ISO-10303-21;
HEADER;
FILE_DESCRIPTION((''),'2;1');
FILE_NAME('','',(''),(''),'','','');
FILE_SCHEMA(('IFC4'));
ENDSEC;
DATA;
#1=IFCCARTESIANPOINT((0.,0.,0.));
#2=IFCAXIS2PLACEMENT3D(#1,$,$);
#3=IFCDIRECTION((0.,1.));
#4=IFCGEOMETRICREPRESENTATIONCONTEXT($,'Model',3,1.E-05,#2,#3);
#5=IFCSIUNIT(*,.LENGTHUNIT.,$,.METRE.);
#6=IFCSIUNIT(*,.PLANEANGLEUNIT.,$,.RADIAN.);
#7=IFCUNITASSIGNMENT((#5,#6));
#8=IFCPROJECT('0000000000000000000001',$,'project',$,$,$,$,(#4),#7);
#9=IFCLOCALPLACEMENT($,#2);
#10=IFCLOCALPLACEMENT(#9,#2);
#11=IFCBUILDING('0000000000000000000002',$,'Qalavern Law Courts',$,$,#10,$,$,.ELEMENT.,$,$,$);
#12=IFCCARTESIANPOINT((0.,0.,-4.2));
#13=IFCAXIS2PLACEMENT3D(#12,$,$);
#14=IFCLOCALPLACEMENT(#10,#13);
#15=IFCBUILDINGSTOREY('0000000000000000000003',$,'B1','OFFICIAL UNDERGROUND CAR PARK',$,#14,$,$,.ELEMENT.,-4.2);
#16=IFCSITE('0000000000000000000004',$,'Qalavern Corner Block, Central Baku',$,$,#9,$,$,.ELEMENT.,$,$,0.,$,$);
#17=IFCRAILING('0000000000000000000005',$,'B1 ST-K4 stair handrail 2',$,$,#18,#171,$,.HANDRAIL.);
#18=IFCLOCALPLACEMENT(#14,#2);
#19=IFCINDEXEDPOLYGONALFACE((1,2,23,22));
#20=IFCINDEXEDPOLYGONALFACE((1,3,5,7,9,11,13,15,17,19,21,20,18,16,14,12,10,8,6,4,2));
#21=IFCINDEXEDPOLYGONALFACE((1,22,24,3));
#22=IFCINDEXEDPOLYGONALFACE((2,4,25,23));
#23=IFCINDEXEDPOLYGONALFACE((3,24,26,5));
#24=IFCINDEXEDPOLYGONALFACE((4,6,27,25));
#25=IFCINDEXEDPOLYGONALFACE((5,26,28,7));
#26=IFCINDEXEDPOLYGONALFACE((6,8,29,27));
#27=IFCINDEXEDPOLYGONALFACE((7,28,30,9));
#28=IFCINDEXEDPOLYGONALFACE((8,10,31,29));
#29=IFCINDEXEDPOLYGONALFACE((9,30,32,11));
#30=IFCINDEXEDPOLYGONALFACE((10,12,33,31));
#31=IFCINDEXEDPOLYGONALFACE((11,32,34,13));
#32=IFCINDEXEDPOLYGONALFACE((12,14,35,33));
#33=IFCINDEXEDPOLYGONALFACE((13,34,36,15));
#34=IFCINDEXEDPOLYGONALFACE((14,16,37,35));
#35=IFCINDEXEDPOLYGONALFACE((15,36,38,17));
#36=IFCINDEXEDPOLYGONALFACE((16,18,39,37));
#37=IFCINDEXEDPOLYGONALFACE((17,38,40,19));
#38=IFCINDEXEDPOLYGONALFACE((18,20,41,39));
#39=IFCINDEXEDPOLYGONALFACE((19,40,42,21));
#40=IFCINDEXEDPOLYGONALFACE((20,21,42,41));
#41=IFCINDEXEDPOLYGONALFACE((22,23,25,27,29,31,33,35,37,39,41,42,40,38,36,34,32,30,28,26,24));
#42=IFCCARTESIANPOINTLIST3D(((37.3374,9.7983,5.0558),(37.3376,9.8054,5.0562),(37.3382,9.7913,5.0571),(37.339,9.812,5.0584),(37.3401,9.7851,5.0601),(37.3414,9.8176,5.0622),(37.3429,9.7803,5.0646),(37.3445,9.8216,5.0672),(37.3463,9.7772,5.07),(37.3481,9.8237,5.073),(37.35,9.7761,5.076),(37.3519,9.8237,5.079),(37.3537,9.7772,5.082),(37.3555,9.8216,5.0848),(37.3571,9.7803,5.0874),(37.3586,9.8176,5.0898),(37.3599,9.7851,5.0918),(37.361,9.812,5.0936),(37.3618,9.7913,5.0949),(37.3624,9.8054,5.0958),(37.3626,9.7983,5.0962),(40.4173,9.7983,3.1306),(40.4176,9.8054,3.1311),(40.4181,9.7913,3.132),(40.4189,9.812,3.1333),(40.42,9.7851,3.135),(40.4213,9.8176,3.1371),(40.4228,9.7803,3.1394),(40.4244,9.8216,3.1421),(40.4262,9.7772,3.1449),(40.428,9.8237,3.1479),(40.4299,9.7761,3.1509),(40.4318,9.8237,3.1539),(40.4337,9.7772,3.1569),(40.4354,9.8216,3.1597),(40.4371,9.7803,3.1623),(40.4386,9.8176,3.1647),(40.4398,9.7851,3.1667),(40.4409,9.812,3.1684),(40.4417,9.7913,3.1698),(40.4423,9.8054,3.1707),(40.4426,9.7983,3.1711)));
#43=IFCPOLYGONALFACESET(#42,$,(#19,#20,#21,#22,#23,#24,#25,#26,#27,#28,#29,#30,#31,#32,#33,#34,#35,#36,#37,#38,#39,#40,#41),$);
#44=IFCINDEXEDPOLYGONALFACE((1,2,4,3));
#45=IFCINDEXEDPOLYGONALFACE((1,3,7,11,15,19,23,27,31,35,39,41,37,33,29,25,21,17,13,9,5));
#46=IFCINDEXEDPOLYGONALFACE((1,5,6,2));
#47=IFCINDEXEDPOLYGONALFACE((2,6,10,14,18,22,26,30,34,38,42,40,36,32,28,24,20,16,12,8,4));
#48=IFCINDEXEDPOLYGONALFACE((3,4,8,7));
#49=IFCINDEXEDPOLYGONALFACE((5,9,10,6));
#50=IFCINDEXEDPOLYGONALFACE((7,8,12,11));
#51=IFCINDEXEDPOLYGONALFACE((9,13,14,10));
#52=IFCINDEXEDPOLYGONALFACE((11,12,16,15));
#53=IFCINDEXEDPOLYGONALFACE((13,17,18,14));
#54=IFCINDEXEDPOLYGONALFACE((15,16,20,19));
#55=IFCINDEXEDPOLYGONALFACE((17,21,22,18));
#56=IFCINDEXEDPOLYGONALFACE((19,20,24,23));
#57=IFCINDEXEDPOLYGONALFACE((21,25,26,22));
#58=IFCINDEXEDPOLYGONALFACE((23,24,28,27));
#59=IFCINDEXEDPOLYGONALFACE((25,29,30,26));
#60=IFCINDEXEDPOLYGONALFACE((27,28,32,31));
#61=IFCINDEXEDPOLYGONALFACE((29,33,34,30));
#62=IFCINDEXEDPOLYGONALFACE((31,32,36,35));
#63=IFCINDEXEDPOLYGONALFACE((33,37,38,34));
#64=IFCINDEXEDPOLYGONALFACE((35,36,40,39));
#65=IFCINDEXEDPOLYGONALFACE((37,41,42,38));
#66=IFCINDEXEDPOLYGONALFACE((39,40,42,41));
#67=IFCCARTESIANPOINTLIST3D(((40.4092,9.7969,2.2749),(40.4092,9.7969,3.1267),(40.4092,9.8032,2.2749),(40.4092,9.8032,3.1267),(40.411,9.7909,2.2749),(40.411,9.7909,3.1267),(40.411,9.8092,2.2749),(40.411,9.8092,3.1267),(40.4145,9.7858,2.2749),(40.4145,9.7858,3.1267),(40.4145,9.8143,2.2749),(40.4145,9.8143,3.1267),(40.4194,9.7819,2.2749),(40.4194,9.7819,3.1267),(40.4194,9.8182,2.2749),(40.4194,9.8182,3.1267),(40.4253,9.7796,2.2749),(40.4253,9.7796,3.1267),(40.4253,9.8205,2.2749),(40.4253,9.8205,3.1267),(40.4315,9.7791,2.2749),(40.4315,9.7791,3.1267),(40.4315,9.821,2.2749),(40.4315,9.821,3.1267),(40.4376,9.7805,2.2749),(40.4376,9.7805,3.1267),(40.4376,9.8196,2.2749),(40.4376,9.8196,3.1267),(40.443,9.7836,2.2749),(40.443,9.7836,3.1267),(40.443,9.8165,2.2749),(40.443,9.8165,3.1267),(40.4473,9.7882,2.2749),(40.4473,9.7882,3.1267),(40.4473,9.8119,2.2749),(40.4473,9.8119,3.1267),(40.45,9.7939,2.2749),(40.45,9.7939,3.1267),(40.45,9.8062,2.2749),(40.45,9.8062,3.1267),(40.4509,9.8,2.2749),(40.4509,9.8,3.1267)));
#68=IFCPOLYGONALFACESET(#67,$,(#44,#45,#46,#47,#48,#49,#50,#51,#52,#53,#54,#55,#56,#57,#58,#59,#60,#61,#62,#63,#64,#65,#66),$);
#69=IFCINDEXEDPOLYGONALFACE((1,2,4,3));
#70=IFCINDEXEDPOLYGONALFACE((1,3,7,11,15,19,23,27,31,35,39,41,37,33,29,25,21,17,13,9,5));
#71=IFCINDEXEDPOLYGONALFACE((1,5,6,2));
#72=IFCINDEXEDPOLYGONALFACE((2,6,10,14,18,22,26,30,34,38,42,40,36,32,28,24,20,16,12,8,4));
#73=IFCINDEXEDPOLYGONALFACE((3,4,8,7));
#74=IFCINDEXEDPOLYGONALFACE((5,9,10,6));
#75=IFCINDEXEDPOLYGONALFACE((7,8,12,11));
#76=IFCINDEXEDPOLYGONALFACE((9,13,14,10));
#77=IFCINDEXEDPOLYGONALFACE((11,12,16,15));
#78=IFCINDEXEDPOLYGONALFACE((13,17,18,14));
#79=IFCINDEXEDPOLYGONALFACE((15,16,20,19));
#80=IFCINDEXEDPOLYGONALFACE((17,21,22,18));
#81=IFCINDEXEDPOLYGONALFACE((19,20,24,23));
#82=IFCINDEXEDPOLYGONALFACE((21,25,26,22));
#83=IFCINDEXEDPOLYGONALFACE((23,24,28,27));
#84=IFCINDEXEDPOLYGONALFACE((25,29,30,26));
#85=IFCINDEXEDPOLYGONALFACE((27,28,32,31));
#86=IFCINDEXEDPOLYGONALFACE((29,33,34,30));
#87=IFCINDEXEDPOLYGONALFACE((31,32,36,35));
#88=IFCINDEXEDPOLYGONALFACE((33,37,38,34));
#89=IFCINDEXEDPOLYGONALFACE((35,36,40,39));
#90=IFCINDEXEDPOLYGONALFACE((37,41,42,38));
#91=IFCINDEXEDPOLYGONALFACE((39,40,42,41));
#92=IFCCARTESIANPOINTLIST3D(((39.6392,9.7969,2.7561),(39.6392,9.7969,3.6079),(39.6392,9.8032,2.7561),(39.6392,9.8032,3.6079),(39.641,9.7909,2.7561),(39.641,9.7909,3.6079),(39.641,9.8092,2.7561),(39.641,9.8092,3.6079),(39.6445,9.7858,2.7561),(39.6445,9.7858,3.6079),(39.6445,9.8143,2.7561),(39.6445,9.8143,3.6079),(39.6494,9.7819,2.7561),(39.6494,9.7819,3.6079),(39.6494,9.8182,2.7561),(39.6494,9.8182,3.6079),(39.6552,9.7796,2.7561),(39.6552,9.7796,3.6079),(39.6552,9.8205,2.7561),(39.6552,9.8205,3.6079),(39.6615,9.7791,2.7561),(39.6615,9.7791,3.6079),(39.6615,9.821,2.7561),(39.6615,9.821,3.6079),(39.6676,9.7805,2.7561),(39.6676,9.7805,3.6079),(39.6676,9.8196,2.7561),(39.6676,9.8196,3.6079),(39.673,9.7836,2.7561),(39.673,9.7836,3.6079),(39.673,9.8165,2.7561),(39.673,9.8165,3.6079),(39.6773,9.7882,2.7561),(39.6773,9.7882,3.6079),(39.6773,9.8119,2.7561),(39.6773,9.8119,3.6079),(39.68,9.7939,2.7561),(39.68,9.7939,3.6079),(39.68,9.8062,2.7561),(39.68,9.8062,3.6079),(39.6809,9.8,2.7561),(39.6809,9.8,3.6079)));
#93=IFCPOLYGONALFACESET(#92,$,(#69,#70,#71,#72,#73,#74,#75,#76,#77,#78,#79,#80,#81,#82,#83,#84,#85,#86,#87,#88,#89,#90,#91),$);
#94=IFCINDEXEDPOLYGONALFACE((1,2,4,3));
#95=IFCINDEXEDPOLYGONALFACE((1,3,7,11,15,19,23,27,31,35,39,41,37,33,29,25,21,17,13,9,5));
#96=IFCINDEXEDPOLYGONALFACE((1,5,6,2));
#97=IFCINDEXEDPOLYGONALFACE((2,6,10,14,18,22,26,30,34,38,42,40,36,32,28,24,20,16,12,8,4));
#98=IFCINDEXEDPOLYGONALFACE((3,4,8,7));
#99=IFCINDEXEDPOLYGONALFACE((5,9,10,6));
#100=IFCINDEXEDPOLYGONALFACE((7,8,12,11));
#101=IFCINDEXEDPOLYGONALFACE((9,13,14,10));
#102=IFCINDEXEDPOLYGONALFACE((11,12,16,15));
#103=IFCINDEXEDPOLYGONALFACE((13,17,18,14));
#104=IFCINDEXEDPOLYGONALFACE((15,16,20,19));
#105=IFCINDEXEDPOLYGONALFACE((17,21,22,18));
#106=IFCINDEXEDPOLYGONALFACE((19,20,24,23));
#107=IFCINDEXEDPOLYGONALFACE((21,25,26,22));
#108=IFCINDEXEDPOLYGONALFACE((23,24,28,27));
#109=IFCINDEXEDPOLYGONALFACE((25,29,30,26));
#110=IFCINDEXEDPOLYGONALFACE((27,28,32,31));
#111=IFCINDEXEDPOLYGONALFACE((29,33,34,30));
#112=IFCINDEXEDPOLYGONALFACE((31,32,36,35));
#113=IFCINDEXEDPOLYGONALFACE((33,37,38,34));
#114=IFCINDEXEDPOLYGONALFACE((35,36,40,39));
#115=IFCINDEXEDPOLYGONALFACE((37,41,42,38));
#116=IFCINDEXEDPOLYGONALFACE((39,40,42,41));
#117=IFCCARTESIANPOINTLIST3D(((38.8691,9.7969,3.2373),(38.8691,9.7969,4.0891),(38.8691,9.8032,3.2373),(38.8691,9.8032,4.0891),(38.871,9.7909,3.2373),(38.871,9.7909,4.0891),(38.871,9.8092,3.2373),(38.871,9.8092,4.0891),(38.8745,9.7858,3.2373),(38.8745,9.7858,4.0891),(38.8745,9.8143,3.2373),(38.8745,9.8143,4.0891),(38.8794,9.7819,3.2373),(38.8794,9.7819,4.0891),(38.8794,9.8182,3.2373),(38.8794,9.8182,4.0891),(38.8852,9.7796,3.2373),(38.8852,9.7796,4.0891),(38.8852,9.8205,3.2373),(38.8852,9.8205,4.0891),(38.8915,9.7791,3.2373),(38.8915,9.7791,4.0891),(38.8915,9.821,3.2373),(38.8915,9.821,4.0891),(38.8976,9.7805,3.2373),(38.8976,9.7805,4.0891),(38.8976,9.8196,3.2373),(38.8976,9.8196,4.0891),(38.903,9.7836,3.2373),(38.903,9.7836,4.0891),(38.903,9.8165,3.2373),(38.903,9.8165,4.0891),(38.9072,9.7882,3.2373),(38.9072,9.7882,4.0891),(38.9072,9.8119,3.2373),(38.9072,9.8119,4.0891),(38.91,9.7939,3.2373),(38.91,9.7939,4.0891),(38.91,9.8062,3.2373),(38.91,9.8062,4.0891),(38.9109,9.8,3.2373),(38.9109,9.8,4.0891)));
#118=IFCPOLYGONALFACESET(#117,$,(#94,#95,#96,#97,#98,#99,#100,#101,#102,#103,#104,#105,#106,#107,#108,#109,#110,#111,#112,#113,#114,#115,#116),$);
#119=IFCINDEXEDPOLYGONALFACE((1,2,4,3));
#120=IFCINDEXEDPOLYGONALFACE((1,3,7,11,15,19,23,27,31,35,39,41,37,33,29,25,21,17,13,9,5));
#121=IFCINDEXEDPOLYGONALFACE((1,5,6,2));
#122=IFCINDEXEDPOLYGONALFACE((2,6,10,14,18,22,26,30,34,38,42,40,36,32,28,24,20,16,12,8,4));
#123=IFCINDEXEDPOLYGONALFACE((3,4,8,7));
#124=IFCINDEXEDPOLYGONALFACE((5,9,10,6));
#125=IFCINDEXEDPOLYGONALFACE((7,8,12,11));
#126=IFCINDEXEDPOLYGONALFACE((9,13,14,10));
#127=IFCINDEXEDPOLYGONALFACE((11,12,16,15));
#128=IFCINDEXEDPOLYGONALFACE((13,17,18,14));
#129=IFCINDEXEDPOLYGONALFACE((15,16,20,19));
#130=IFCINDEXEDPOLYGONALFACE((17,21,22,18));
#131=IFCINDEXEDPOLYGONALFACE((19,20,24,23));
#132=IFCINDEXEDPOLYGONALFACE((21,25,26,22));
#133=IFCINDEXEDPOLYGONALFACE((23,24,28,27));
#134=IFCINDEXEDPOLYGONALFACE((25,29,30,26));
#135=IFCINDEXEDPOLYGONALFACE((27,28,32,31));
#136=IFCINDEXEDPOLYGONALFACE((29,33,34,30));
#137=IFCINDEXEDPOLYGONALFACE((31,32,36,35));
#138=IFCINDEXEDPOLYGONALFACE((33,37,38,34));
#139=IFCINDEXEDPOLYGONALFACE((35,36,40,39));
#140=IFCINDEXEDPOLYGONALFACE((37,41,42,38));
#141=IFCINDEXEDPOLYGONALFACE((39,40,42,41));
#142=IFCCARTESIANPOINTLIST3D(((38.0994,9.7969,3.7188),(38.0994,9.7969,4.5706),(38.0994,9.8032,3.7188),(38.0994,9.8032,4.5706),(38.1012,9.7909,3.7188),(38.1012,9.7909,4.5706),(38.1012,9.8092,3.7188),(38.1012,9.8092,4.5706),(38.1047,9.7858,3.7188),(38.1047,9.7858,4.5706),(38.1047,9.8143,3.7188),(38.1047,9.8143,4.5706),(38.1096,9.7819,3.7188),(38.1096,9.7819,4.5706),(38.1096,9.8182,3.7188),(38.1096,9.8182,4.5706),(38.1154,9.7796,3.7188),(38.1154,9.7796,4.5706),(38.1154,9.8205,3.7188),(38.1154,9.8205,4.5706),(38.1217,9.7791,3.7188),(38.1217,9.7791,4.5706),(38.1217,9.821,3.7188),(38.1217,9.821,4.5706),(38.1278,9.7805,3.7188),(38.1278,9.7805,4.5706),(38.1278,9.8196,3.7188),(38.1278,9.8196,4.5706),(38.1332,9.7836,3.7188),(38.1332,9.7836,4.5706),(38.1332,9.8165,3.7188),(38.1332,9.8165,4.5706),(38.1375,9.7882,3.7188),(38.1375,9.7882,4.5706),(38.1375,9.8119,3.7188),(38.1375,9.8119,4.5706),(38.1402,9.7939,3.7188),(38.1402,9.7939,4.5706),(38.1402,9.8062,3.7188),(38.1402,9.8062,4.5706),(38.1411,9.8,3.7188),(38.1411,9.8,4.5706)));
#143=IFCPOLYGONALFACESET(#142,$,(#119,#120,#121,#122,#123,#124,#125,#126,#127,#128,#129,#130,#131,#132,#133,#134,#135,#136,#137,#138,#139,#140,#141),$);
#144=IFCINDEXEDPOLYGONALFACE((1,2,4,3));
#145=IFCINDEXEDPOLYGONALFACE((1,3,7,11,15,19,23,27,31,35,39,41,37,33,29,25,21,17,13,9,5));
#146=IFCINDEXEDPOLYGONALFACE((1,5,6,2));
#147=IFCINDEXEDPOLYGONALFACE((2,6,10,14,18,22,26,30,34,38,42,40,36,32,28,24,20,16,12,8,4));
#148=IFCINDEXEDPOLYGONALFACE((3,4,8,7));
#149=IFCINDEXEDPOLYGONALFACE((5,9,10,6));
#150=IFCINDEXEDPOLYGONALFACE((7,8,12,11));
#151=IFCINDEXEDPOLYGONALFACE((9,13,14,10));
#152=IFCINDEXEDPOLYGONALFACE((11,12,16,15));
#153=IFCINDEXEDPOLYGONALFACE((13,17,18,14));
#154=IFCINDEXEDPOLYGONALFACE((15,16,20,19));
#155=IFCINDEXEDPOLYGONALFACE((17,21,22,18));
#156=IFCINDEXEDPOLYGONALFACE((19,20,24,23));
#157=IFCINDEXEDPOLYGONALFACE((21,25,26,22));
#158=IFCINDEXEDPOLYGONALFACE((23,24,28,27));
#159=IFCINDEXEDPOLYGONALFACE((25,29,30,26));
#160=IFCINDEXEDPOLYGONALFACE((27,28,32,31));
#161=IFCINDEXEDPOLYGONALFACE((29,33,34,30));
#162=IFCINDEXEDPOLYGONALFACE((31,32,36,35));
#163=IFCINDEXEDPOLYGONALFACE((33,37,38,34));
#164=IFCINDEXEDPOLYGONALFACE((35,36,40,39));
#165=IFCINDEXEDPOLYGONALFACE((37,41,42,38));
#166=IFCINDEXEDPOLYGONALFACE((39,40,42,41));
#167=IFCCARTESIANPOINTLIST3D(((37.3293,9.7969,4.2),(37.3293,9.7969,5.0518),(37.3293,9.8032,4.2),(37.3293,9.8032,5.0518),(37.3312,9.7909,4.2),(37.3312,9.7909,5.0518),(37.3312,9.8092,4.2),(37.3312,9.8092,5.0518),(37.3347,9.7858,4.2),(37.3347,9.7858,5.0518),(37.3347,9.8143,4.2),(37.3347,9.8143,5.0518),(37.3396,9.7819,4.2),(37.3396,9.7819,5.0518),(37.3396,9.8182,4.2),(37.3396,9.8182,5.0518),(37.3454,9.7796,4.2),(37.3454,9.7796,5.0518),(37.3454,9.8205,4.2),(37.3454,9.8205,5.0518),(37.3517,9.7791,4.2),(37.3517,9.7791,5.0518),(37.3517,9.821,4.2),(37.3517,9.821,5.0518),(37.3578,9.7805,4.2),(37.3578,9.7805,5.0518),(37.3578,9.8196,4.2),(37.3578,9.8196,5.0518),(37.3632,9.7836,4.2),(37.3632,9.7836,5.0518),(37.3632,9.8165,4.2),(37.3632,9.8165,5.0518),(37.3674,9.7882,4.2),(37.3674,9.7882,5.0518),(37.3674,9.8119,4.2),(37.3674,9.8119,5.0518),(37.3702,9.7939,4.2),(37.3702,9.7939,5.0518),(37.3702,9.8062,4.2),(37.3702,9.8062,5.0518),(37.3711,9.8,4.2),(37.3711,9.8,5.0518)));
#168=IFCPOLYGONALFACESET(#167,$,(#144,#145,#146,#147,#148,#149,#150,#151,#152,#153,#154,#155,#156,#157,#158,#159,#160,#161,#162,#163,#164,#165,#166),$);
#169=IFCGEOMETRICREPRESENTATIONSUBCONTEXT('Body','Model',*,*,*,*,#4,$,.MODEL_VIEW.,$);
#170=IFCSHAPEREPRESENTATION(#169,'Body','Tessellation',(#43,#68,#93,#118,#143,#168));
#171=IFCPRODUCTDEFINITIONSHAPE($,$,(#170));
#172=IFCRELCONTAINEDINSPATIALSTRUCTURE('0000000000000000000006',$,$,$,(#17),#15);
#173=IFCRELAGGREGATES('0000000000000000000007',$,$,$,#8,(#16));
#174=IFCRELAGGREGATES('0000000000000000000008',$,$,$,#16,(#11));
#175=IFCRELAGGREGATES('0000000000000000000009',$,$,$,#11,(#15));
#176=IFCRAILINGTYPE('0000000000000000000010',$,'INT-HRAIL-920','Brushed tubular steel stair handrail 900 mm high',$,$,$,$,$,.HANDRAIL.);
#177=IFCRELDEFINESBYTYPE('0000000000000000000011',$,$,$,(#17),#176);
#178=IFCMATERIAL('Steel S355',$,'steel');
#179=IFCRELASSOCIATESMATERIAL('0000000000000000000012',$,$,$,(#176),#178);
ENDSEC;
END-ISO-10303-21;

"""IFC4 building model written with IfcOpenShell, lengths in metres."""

from ifc_helpers import new_model, si_unit, direction, frame, origin, origin_2d, place, context, subcontext, project, spatial, circle, extrude, material, type_object, element, save


model = new_model("IFC4")

# Units and contexts
model_context = context("Model", 3, precision=1e-05, world=origin(), true_north=direction((0.0, 1.0)))
body_context = subcontext(model_context, "Body", "Model", "MODEL_VIEW")
ifc_project = project(units=[si_unit("LENGTHUNIT", "METRE"), si_unit("PLANEANGLEUNIT", "RADIAN")], contexts=[model_context])

# Site, building, storey
site_placement = place(None, origin())
site = spatial("IfcSite", under=ifc_project, at=site_placement, Name="Qalavern Corner Block, Central Baku", CompositionType="ELEMENT", RefElevation=0.0)
building_placement = place(site_placement, origin())
building = spatial("IfcBuilding", under=site, at=building_placement, Name="Qalavern Law Courts", CompositionType="ELEMENT")
storey_placement = place(building_placement, frame((0.0, 0.0, -4.2)))
storey = spatial("IfcBuildingStorey", under=building, at=storey_placement, Name="B1", Description="OFFICIAL UNDERGROUND CAR PARK", CompositionType="ELEMENT", Elevation=-4.2)

# Shared definitions
ifc_material_1 = material(Name="Steel S355", Category="steel")

# Railing
railing_type_1 = type_object("IfcRailingType", Name="INT-HRAIL-920", Description="Brushed tubular steel stair handrail 900 mm high", PredefinedType="HANDRAIL", material=ifc_material_1)
railing_1_placement = place(storey_placement, frame((40.4299, 9.8, 2.2749)))
element("IfcRailing", 1, at=railing_1_placement, inside=storey, type_object=railing_type_1, Name="B1 ST-K4 stair handrail 2", PredefinedType="HANDRAIL", context=body_context, shape_type="SweptSolid", body=[
    extrude(circle(Radius=0.0239, at=origin_2d()), frame((0.0, 0.0, 0.876), z_axis=(-0.847979, 0.0, 0.530029), x_axis=(0.0, -1.0, 0.0)), (0.0, 0.0, 1.0), 3.6321),
    extrude(circle(Radius=0.021, at=origin_2d()), origin(), (0.0, 0.0, 1.0), 0.8518),
    extrude(circle(Radius=0.021, at=origin_2d()), frame((-0.77, 0.0, 0.4812)), (0.0, 0.0, 1.0), 0.8518),
    extrude(circle(Radius=0.021, at=origin_2d()), frame((-1.54, 0.0, 0.9624)), (0.0, 0.0, 1.0), 0.8518),
    extrude(circle(Radius=0.021, at=origin_2d()), frame((-2.3098, 0.0, 1.4438)), (0.0, 0.0, 1.0), 0.8518),
    extrude(circle(Radius=0.021, at=origin_2d()), frame((-3.0798, 0.0, 1.925)), (0.0, 0.0, 1.0), 0.8518),
])

save(model, "model.ifc")
